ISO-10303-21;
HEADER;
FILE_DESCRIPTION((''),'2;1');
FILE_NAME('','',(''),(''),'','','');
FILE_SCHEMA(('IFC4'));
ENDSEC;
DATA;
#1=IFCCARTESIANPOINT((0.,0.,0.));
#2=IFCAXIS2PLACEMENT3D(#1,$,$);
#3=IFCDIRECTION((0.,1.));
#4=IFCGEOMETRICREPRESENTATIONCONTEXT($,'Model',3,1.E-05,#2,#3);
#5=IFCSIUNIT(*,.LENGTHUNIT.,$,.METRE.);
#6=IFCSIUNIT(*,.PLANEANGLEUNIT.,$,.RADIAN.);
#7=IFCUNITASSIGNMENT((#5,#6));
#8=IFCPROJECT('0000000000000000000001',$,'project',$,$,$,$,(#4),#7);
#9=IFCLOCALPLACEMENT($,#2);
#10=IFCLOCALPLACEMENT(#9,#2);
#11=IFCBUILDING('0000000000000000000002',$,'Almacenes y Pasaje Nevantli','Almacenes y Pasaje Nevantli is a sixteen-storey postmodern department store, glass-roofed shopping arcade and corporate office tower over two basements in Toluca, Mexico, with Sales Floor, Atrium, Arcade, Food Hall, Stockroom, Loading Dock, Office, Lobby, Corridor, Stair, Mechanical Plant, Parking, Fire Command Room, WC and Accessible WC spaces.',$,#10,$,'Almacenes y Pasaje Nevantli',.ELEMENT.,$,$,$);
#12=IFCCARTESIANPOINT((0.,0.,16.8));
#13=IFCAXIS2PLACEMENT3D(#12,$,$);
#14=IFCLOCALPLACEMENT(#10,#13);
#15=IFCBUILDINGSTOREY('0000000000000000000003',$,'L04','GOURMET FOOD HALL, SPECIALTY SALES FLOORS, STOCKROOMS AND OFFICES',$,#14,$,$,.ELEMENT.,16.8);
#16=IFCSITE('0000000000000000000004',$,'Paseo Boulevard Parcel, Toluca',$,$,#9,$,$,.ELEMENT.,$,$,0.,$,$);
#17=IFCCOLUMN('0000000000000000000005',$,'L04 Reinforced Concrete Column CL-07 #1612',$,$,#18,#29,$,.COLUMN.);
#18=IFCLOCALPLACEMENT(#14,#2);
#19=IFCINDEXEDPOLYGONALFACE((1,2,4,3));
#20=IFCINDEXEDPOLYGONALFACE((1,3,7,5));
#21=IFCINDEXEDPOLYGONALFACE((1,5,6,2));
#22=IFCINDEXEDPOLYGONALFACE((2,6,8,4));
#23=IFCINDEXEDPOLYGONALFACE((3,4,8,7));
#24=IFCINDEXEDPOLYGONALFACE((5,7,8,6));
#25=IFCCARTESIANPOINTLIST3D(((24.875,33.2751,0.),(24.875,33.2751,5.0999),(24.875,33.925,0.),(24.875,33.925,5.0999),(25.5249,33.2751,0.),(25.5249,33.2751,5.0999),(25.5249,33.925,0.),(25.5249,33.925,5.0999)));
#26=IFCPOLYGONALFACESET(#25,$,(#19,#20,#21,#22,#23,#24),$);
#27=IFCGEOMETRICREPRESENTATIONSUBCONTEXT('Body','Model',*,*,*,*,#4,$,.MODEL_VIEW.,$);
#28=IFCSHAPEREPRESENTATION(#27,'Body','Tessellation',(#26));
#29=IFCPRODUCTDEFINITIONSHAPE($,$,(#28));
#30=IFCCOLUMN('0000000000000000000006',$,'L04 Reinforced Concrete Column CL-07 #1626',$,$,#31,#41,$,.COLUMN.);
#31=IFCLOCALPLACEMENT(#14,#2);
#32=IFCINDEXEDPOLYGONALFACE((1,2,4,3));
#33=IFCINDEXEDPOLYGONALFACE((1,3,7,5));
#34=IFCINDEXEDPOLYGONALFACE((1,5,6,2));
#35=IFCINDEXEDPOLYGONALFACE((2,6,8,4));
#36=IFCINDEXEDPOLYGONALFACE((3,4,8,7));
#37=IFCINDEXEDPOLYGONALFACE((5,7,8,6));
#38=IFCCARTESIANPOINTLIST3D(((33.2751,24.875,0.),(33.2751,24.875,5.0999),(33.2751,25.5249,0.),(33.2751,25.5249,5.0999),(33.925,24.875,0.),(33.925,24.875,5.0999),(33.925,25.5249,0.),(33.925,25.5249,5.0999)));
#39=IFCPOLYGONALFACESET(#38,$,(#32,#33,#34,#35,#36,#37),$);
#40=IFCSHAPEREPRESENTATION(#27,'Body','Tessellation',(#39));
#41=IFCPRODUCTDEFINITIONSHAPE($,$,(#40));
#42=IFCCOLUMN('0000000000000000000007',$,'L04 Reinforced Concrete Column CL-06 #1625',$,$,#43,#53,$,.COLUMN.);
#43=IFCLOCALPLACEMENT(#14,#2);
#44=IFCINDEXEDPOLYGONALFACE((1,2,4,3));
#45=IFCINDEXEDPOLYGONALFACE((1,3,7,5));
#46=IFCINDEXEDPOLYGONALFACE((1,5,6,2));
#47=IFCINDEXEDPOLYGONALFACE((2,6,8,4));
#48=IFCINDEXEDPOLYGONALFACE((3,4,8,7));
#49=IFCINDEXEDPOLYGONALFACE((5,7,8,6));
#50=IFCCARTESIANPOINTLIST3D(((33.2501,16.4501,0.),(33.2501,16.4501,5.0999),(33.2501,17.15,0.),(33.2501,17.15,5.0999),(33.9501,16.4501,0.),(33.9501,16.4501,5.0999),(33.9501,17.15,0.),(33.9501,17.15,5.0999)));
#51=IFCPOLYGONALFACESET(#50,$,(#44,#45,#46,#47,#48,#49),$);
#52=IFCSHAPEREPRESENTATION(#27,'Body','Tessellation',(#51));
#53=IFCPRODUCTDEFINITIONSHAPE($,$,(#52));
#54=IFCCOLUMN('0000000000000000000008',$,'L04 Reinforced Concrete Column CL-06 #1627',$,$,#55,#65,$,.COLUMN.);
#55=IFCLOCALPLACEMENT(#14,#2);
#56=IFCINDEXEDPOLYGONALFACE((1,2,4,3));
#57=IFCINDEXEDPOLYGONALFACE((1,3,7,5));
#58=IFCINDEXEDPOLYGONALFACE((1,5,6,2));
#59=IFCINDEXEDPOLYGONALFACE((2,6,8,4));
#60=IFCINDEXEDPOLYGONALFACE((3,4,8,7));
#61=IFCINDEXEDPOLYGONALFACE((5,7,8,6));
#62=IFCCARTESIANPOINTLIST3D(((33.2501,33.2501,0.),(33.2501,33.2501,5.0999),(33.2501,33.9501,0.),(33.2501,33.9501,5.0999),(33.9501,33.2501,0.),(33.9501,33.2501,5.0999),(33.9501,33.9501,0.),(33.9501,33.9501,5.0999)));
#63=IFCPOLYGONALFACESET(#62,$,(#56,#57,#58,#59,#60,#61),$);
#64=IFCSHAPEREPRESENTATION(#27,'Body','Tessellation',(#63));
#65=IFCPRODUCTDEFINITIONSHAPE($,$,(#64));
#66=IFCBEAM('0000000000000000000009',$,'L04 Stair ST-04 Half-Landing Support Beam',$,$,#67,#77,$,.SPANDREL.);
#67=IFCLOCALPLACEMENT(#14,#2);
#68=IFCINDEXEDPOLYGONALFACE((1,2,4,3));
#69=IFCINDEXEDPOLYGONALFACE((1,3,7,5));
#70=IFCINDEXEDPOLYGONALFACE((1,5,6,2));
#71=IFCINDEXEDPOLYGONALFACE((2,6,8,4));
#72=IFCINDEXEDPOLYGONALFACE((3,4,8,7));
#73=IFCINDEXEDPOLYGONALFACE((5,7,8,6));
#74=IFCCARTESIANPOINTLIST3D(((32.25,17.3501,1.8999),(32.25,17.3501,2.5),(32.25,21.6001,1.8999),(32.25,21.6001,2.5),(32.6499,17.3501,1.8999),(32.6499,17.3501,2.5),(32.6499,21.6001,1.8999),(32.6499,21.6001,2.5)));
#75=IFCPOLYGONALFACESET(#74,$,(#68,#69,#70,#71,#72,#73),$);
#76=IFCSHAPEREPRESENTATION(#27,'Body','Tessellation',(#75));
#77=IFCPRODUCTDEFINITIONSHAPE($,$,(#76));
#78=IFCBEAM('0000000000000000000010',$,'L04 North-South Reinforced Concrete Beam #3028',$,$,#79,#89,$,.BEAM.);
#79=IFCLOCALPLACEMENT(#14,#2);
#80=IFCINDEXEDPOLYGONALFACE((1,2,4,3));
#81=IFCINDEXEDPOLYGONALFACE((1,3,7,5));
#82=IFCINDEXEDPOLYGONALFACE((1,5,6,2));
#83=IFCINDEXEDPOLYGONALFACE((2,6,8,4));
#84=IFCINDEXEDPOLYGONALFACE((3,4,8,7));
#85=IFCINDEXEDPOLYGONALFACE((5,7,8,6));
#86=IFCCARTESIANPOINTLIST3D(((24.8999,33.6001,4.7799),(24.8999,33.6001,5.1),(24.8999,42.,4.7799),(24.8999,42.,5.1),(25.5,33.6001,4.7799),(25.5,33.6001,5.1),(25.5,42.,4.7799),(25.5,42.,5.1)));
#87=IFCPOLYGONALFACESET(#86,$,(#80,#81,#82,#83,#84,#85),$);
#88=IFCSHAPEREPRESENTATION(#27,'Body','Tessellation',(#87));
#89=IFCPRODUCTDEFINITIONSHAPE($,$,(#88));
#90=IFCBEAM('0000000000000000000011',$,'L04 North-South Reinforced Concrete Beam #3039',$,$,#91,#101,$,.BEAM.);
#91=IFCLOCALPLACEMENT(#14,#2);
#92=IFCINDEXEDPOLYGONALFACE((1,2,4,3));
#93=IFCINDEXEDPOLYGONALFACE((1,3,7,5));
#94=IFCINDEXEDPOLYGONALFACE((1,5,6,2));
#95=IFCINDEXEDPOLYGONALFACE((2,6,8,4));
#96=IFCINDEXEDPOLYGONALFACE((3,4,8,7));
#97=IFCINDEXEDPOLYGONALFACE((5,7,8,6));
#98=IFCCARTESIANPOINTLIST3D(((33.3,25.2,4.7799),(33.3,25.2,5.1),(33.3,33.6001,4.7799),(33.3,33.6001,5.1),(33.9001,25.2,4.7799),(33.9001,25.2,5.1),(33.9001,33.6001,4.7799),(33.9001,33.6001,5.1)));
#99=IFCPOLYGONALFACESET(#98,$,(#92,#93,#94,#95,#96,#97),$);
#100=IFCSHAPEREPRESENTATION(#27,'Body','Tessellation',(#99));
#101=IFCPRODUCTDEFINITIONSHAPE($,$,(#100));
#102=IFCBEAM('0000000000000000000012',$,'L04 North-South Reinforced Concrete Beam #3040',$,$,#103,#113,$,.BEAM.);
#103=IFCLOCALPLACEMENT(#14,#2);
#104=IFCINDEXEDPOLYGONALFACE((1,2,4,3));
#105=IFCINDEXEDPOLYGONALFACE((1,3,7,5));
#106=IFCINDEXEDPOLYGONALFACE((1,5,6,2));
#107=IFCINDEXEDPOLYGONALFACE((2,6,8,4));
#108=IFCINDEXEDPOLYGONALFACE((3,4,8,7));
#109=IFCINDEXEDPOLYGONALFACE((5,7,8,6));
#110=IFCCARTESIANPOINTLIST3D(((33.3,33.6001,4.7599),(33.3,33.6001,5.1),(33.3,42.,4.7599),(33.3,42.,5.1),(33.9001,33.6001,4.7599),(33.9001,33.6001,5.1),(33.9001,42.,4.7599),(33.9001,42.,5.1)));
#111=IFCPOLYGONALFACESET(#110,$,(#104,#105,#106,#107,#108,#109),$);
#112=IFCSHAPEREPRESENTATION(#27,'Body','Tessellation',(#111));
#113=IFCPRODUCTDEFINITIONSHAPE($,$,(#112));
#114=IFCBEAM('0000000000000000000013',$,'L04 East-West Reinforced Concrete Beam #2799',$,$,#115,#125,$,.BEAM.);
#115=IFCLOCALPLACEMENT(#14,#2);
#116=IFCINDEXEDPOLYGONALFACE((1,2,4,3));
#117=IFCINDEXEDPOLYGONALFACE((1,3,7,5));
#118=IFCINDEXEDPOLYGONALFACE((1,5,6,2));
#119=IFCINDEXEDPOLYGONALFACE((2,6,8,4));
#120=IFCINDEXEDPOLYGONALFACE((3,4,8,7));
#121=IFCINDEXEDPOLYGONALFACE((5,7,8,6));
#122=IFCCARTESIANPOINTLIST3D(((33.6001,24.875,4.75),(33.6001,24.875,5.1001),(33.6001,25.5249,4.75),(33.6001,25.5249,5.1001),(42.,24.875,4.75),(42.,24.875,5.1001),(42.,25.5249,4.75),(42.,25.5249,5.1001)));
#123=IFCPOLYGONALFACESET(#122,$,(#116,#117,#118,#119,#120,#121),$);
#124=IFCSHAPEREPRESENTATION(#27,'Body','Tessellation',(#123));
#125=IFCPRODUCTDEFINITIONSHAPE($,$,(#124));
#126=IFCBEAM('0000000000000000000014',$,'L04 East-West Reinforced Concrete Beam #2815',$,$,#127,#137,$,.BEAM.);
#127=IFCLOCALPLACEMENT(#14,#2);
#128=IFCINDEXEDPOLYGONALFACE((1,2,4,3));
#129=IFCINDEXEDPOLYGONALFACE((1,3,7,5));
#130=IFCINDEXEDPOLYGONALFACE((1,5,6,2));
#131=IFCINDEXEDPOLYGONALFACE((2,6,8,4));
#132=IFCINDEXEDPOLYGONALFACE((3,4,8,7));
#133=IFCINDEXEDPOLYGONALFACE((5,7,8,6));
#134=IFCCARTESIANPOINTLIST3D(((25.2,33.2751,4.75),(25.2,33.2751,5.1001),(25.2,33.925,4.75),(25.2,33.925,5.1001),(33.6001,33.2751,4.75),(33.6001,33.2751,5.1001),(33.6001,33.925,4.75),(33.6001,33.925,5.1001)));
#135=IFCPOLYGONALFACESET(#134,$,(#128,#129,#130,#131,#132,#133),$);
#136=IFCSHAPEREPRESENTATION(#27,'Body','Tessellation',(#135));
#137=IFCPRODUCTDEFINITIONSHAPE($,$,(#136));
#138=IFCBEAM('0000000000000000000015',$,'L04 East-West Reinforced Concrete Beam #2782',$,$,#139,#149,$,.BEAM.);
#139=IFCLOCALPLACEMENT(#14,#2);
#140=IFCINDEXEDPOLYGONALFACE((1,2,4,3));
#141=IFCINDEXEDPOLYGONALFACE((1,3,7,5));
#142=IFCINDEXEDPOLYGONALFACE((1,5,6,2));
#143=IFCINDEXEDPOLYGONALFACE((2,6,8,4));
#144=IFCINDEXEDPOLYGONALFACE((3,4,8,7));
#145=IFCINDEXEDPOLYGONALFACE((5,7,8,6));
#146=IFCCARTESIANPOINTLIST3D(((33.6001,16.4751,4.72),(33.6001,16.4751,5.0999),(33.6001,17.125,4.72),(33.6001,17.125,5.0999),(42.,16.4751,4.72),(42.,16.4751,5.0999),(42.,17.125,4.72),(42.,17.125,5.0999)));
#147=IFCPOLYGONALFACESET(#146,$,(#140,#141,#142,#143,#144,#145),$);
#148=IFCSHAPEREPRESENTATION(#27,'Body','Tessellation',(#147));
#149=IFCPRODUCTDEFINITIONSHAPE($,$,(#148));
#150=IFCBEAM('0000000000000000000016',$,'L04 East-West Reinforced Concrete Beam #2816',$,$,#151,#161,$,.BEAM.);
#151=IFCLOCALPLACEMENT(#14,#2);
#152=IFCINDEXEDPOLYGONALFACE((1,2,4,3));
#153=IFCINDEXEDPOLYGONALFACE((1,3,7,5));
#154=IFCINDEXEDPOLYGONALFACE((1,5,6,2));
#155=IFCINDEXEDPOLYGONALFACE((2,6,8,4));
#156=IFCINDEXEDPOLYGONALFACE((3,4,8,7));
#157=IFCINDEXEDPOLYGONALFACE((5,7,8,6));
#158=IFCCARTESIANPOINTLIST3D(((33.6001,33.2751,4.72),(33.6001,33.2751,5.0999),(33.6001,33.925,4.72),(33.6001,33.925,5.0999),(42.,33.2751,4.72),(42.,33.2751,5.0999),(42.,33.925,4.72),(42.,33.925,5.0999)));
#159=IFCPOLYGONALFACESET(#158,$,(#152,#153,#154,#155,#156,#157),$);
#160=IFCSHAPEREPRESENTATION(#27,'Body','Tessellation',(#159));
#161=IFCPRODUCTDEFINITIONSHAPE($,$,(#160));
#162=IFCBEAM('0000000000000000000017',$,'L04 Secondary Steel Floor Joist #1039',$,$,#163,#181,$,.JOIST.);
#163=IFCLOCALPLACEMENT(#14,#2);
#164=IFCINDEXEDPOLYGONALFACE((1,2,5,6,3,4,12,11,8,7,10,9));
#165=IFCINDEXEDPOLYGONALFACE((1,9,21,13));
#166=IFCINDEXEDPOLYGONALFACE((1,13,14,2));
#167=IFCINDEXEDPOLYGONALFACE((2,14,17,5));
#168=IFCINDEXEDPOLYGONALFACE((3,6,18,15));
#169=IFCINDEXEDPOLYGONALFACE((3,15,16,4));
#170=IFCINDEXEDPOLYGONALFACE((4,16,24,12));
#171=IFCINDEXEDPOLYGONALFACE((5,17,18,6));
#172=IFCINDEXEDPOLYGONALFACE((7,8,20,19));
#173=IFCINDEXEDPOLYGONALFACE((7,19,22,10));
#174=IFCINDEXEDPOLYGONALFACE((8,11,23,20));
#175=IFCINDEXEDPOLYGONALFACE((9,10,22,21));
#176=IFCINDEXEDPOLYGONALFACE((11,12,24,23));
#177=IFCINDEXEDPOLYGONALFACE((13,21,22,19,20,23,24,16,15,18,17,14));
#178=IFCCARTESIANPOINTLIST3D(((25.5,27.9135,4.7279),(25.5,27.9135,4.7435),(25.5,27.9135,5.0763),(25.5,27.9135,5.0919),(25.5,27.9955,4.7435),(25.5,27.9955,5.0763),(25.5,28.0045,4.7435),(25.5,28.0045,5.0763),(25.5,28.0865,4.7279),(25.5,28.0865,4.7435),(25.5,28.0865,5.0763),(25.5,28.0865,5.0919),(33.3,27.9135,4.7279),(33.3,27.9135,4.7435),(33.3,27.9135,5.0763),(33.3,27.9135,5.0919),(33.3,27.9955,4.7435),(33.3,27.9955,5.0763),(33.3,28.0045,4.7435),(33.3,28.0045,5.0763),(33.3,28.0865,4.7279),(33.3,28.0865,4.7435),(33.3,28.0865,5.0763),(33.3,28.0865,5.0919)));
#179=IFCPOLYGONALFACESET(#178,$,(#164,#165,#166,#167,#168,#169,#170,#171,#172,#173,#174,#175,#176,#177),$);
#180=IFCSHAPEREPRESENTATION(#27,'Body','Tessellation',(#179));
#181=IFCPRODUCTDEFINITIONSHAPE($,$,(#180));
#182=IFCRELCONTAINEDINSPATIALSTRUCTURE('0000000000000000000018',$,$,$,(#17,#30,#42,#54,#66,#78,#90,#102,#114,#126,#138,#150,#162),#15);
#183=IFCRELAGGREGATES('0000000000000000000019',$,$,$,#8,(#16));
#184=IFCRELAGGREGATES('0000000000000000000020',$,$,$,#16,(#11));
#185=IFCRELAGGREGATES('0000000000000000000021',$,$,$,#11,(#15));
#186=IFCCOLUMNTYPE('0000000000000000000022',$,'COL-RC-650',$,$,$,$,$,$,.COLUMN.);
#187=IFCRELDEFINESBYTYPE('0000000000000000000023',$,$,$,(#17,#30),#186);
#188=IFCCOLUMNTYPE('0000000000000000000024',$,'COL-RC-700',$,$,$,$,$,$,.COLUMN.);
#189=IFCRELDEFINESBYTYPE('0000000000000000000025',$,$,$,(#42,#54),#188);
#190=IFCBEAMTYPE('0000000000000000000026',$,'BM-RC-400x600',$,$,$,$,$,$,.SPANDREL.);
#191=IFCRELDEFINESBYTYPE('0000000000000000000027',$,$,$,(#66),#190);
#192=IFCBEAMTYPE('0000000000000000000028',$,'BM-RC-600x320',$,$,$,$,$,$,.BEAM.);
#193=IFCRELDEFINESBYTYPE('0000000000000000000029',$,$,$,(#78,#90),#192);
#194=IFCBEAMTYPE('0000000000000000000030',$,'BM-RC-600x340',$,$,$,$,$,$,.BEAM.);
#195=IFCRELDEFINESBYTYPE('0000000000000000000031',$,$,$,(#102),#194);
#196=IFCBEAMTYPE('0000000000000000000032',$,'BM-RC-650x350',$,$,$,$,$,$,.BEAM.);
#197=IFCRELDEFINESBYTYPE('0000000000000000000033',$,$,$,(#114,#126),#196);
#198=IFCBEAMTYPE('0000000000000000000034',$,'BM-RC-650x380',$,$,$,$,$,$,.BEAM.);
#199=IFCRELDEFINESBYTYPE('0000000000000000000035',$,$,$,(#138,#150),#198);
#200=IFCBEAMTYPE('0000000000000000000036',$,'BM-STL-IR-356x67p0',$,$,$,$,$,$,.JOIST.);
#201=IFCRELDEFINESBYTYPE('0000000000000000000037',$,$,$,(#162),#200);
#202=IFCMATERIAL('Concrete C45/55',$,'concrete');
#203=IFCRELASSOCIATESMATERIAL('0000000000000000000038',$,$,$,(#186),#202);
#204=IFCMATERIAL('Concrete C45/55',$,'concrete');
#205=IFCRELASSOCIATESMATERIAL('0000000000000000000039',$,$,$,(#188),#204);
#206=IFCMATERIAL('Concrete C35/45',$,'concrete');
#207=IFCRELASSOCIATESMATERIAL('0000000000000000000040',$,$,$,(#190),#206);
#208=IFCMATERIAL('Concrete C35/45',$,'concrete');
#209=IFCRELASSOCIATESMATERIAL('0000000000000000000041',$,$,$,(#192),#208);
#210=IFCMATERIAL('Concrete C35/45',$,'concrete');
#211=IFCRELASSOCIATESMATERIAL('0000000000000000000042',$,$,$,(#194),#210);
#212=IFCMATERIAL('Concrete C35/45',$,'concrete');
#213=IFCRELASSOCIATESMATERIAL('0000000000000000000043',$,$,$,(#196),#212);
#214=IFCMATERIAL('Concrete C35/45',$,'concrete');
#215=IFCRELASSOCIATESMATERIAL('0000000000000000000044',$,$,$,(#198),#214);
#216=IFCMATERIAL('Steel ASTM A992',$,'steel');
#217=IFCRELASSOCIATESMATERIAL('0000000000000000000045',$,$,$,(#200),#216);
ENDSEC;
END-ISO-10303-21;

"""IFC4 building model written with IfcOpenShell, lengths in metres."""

from ifc_helpers import new_model, si_unit, direction, frame, origin, origin_2d, place, context, subcontext, project, spatial, rectangle, i_section, extrude, material, material_profile, profile_set, type_object, element, save


model = new_model("IFC4")

# Units and contexts
model_context = context("Model", 3, precision=1e-05, world=origin(), true_north=direction((0.0, 1.0)))
body_context = subcontext(model_context, "Body", "Model", "MODEL_VIEW")
ifc_project = project(units=[si_unit("LENGTHUNIT", "METRE"), si_unit("PLANEANGLEUNIT", "RADIAN")], contexts=[model_context])

# Site, building, storey
site_placement = place(None, origin())
site = spatial("IfcSite", under=ifc_project, at=site_placement, Name="Paseo Boulevard Parcel, Toluca", CompositionType="ELEMENT", RefElevation=0.0)
building_placement = place(site_placement, origin())
building = spatial("IfcBuilding", under=site, at=building_placement, Name="Almacenes y Pasaje Nevantli", Description="Almacenes y Pasaje Nevantli is a sixteen-storey postmodern department store, glass-roofed shopping arcade and corporate office tower over two basements in Toluca, Mexico, with Sales Floor, Atrium, Arcade, Food Hall, Stockroom, Loading Dock, Office, Lobby, Corridor, Stair, Mechanical Plant, Parking, Fire Command Room, WC and Accessible WC spaces.", LongName="Almacenes y Pasaje Nevantli", CompositionType="ELEMENT")
storey_placement = place(building_placement, frame((0.0, 0.0, 16.8)))
storey = spatial("IfcBuildingStorey", under=building, at=storey_placement, Name="L04", Description="GOURMET FOOD HALL, SPECIALTY SALES FLOORS, STOCKROOMS AND OFFICES", CompositionType="ELEMENT", Elevation=16.8)

# Columns
ifc_material_1 = material(Name="Concrete C45/55", Category="concrete")
ifc_material_profile_1 = material_profile(ifc_material_1, rectangle(XDim=0.6499, YDim=0.6499, at=origin_2d()), Name="RC-COL-650x650")
ifc_profile_set_1 = profile_set([ifc_material_profile_1], Name="Concrete C45/55")
column_type_1 = type_object("IfcColumnType", Name="COL-RC-650", PredefinedType="COLUMN", material=ifc_profile_set_1)
for number, where, z_axis, x_axis, name in (
    (1, (25.2, 33.6001, 0.0), (0.0, 0.0, 1.0), (1.0, 0.0, 0.0), "L04 Reinforced Concrete Column CL-07 #1612"),
    (2, (33.6001, 25.2, 0.0), (0.0, 0.0, 1.0), (1.0, 0.0, 0.0), "L04 Reinforced Concrete Column CL-07 #1626"),
):
    element("IfcColumn", number, at=place(storey_placement, frame(where, z_axis=z_axis, x_axis=x_axis)), inside=storey, type_object=column_type_1, Name=name, PredefinedType="COLUMN", context=body_context, shape_type="SweptSolid", body=[
        extrude(rectangle(XDim=0.6499, YDim=0.6499, at=origin_2d()), origin(), (0.0, 0.0, 1.0), 5.0999),
    ])
ifc_material_2 = material(Name="Concrete C45/55", Category="concrete")
ifc_material_profile_2 = material_profile(ifc_material_2, rectangle(XDim=0.7, YDim=0.7, at=origin_2d()), Name="RC-COL-700x700")
ifc_profile_set_2 = profile_set([ifc_material_profile_2], Name="Concrete C45/55")
column_type_2 = type_object("IfcColumnType", Name="COL-RC-700", PredefinedType="COLUMN", material=ifc_profile_set_2)
for number, where, z_axis, x_axis, name in (
    (3, (33.6001, 16.8, 0.0), (0.0, 0.0, 1.0), (1.0, 0.0, 0.0), "L04 Reinforced Concrete Column CL-06 #1625"),
    (4, (33.6001, 33.6001, 0.0), (0.0, 0.0, 1.0), (1.0, 0.0, 0.0), "L04 Reinforced Concrete Column CL-06 #1627"),
):
    element("IfcColumn", number, at=place(storey_placement, frame(where, z_axis=z_axis, x_axis=x_axis)), inside=storey, type_object=column_type_2, Name=name, PredefinedType="COLUMN", context=body_context, shape_type="SweptSolid", body=[
        extrude(rectangle(XDim=0.7, YDim=0.7, at=origin_2d()), origin(), (0.0, 0.0, 1.0), 5.0999),
    ])

# Beams
ifc_material_3 = material(Name="Concrete C35/45", Category="concrete")
ifc_material_profile_3 = material_profile(ifc_material_3, rectangle(XDim=0.3999, YDim=0.6001, at=origin_2d()), Name="RC-BM-400x600")
ifc_profile_set_3 = profile_set([ifc_material_profile_3], Name="Concrete C35/45")
beam_type_1 = type_object("IfcBeamType", Name="BM-RC-400x600", PredefinedType="SPANDREL", material=ifc_profile_set_3)
beam_1_placement = place(storey_placement, frame((32.45, 17.3501, 2.2), z_axis=(0.0, 1.0, 0.0), x_axis=(-1.0, 0.0, 0.0)))
element("IfcBeam", 5, at=beam_1_placement, inside=storey, type_object=beam_type_1, Name="L04 Stair ST-04 Half-Landing Support Beam", PredefinedType="SPANDREL", context=body_context, shape_type="SweptSolid", body=[
    extrude(rectangle(XDim=0.3999, YDim=0.6001, at=origin_2d()), origin(), (0.0, 0.0, 1.0), 4.25),
])
ifc_material_4 = material(Name="Concrete C35/45", Category="concrete")
ifc_material_profile_4 = material_profile(ifc_material_4, rectangle(XDim=0.6001, YDim=0.3201, at=origin_2d()), Name="RC-BM-600x320")
ifc_profile_set_4 = profile_set([ifc_material_profile_4], Name="Concrete C35/45")
beam_type_2 = type_object("IfcBeamType", Name="BM-RC-600x320", PredefinedType="BEAM", material=ifc_profile_set_4)
beam_2_placement = place(storey_placement, frame((25.2, 33.6001, 4.9399), z_axis=(0.0, 1.0, 0.0), x_axis=(-1.0, 0.0, 0.0)))
element("IfcBeam", 6, at=beam_2_placement, inside=storey, type_object=beam_type_2, Name="L04 North-South Reinforced Concrete Beam #3028", PredefinedType="BEAM", context=body_context, shape_type="SweptSolid", body=[
    extrude(rectangle(XDim=0.6001, YDim=0.3201, at=origin_2d()), origin(), (0.0, 0.0, 1.0), 8.3999),
])
beam_3_placement = place(storey_placement, frame((33.6001, 25.2, 4.9399), z_axis=(0.0, 1.0, 0.0), x_axis=(-1.0, 0.0, 0.0)))
element("IfcBeam", 7, at=beam_3_placement, inside=storey, type_object=beam_type_2, Name="L04 North-South Reinforced Concrete Beam #3039", PredefinedType="BEAM", context=body_context, shape_type="SweptSolid", body=[
    extrude(rectangle(XDim=0.6001, YDim=0.3201, at=origin_2d()), origin(), (0.0, 0.0, 1.0), 8.4001),
])
ifc_material_5 = material(Name="Concrete C35/45", Category="concrete")
ifc_material_profile_5 = material_profile(ifc_material_5, rectangle(XDim=0.6001, YDim=0.3401, at=origin_2d()), Name="RC-BM-600x340")
ifc_profile_set_5 = profile_set([ifc_material_profile_5], Name="Concrete C35/45")
beam_type_3 = type_object("IfcBeamType", Name="BM-RC-600x340", PredefinedType="BEAM", material=ifc_profile_set_5)
beam_4_placement = place(storey_placement, frame((33.6001, 33.6001, 4.9299), z_axis=(0.0, 1.0, 0.0), x_axis=(-1.0, 0.0, 0.0)))
element("IfcBeam", 8, at=beam_4_placement, inside=storey, type_object=beam_type_3, Name="L04 North-South Reinforced Concrete Beam #3040", PredefinedType="BEAM", context=body_context, shape_type="SweptSolid", body=[
    extrude(rectangle(XDim=0.6001, YDim=0.3401, at=origin_2d()), origin(), (0.0, 0.0, 1.0), 8.3999),
])
ifc_material_6 = material(Name="Concrete C35/45", Category="concrete")
ifc_material_profile_6 = material_profile(ifc_material_6, rectangle(XDim=0.6499, YDim=0.3501, at=origin_2d()), Name="RC-BM-650x350")
ifc_profile_set_6 = profile_set([ifc_material_profile_6], Name="Concrete C35/45")
beam_type_4 = type_object("IfcBeamType", Name="BM-RC-650x350", PredefinedType="BEAM", material=ifc_profile_set_6)
beam_5_placement = place(storey_placement, frame((33.6001, 25.2, 4.925), z_axis=(1.0, 0.0, 0.0), x_axis=(0.0, 1.0, 0.0)))
element("IfcBeam", 9, at=beam_5_placement, inside=storey, type_object=beam_type_4, Name="L04 East-West Reinforced Concrete Beam #2799", PredefinedType="BEAM", context=body_context, shape_type="SweptSolid", body=[
    extrude(rectangle(XDim=0.6499, YDim=0.3501, at=origin_2d()), origin(), (0.0, 0.0, 1.0), 8.3999),
])
beam_6_placement = place(storey_placement, frame((25.2, 33.6001, 4.925), z_axis=(1.0, 0.0, 0.0), x_axis=(0.0, 1.0, 0.0)))
element("IfcBeam", 10, at=beam_6_placement, inside=storey, type_object=beam_type_4, Name="L04 East-West Reinforced Concrete Beam #2815", PredefinedType="BEAM", context=body_context, shape_type="SweptSolid", body=[
    extrude(rectangle(XDim=0.6499, YDim=0.3501, at=origin_2d()), origin(), (0.0, 0.0, 1.0), 8.4001),
])
ifc_material_7 = material(Name="Concrete C35/45", Category="concrete")
ifc_material_profile_7 = material_profile(ifc_material_7, rectangle(XDim=0.6499, YDim=0.3799, at=origin_2d()), Name="RC-BM-650x380")
ifc_profile_set_7 = profile_set([ifc_material_profile_7], Name="Concrete C35/45")
beam_type_5 = type_object("IfcBeamType", Name="BM-RC-650x380", PredefinedType="BEAM", material=ifc_profile_set_7)
for number, where, z_axis, x_axis, name in (
    (11, (33.6001, 16.8, 4.9099), (1.0, 0.0, 0.0), (0.0, 1.0, 0.0), "L04 East-West Reinforced Concrete Beam #2782"),
    (12, (33.6001, 33.6001, 4.9099), (1.0, 0.0, 0.0), (0.0, 1.0, 0.0), "L04 East-West Reinforced Concrete Beam #2816"),
):
    element("IfcBeam", number, at=place(storey_placement, frame(where, z_axis=z_axis, x_axis=x_axis)), inside=storey, type_object=beam_type_5, Name=name, PredefinedType="BEAM", context=body_context, shape_type="SweptSolid", body=[
        extrude(rectangle(XDim=0.6499, YDim=0.3799, at=origin_2d()), origin(), (0.0, 0.0, 1.0), 8.3999),
    ])
ifc_material_8 = material(Name="Steel ASTM A992", Category="steel")
ifc_material_profile_8 = material_profile(ifc_material_8, i_section(OverallWidth=0.1731, OverallDepth=0.364, WebThickness=0.009, FlangeThickness=0.0156, at=origin_2d()), Name="IR 356x67.0")
ifc_profile_set_8 = profile_set([ifc_material_profile_8], Name="Steel ASTM A992")
beam_type_6 = type_object("IfcBeamType", Name="BM-STL-IR-356x67p0", PredefinedType="JOIST", material=ifc_profile_set_8)
for number, where, z_axis, x_axis, name in (
    (13, (25.5, 28.0, 4.9099), (1.0, 0.0, 0.0), (0.0, 1.0, 0.0), "L04 Secondary Steel Floor Joist #1039"),
):
    element("IfcBeam", number, at=place(storey_placement, frame(where, z_axis=z_axis, x_axis=x_axis)), inside=storey, type_object=beam_type_6, Name=name, PredefinedType="JOIST", context=body_context, shape_type="SweptSolid", body=[
        extrude(i_section(OverallWidth=0.1731, OverallDepth=0.364, WebThickness=0.009, FlangeThickness=0.0156, at=origin_2d()), origin(), (0.0, 0.0, 1.0), 7.8),
    ])

save(model, "model.ifc")
